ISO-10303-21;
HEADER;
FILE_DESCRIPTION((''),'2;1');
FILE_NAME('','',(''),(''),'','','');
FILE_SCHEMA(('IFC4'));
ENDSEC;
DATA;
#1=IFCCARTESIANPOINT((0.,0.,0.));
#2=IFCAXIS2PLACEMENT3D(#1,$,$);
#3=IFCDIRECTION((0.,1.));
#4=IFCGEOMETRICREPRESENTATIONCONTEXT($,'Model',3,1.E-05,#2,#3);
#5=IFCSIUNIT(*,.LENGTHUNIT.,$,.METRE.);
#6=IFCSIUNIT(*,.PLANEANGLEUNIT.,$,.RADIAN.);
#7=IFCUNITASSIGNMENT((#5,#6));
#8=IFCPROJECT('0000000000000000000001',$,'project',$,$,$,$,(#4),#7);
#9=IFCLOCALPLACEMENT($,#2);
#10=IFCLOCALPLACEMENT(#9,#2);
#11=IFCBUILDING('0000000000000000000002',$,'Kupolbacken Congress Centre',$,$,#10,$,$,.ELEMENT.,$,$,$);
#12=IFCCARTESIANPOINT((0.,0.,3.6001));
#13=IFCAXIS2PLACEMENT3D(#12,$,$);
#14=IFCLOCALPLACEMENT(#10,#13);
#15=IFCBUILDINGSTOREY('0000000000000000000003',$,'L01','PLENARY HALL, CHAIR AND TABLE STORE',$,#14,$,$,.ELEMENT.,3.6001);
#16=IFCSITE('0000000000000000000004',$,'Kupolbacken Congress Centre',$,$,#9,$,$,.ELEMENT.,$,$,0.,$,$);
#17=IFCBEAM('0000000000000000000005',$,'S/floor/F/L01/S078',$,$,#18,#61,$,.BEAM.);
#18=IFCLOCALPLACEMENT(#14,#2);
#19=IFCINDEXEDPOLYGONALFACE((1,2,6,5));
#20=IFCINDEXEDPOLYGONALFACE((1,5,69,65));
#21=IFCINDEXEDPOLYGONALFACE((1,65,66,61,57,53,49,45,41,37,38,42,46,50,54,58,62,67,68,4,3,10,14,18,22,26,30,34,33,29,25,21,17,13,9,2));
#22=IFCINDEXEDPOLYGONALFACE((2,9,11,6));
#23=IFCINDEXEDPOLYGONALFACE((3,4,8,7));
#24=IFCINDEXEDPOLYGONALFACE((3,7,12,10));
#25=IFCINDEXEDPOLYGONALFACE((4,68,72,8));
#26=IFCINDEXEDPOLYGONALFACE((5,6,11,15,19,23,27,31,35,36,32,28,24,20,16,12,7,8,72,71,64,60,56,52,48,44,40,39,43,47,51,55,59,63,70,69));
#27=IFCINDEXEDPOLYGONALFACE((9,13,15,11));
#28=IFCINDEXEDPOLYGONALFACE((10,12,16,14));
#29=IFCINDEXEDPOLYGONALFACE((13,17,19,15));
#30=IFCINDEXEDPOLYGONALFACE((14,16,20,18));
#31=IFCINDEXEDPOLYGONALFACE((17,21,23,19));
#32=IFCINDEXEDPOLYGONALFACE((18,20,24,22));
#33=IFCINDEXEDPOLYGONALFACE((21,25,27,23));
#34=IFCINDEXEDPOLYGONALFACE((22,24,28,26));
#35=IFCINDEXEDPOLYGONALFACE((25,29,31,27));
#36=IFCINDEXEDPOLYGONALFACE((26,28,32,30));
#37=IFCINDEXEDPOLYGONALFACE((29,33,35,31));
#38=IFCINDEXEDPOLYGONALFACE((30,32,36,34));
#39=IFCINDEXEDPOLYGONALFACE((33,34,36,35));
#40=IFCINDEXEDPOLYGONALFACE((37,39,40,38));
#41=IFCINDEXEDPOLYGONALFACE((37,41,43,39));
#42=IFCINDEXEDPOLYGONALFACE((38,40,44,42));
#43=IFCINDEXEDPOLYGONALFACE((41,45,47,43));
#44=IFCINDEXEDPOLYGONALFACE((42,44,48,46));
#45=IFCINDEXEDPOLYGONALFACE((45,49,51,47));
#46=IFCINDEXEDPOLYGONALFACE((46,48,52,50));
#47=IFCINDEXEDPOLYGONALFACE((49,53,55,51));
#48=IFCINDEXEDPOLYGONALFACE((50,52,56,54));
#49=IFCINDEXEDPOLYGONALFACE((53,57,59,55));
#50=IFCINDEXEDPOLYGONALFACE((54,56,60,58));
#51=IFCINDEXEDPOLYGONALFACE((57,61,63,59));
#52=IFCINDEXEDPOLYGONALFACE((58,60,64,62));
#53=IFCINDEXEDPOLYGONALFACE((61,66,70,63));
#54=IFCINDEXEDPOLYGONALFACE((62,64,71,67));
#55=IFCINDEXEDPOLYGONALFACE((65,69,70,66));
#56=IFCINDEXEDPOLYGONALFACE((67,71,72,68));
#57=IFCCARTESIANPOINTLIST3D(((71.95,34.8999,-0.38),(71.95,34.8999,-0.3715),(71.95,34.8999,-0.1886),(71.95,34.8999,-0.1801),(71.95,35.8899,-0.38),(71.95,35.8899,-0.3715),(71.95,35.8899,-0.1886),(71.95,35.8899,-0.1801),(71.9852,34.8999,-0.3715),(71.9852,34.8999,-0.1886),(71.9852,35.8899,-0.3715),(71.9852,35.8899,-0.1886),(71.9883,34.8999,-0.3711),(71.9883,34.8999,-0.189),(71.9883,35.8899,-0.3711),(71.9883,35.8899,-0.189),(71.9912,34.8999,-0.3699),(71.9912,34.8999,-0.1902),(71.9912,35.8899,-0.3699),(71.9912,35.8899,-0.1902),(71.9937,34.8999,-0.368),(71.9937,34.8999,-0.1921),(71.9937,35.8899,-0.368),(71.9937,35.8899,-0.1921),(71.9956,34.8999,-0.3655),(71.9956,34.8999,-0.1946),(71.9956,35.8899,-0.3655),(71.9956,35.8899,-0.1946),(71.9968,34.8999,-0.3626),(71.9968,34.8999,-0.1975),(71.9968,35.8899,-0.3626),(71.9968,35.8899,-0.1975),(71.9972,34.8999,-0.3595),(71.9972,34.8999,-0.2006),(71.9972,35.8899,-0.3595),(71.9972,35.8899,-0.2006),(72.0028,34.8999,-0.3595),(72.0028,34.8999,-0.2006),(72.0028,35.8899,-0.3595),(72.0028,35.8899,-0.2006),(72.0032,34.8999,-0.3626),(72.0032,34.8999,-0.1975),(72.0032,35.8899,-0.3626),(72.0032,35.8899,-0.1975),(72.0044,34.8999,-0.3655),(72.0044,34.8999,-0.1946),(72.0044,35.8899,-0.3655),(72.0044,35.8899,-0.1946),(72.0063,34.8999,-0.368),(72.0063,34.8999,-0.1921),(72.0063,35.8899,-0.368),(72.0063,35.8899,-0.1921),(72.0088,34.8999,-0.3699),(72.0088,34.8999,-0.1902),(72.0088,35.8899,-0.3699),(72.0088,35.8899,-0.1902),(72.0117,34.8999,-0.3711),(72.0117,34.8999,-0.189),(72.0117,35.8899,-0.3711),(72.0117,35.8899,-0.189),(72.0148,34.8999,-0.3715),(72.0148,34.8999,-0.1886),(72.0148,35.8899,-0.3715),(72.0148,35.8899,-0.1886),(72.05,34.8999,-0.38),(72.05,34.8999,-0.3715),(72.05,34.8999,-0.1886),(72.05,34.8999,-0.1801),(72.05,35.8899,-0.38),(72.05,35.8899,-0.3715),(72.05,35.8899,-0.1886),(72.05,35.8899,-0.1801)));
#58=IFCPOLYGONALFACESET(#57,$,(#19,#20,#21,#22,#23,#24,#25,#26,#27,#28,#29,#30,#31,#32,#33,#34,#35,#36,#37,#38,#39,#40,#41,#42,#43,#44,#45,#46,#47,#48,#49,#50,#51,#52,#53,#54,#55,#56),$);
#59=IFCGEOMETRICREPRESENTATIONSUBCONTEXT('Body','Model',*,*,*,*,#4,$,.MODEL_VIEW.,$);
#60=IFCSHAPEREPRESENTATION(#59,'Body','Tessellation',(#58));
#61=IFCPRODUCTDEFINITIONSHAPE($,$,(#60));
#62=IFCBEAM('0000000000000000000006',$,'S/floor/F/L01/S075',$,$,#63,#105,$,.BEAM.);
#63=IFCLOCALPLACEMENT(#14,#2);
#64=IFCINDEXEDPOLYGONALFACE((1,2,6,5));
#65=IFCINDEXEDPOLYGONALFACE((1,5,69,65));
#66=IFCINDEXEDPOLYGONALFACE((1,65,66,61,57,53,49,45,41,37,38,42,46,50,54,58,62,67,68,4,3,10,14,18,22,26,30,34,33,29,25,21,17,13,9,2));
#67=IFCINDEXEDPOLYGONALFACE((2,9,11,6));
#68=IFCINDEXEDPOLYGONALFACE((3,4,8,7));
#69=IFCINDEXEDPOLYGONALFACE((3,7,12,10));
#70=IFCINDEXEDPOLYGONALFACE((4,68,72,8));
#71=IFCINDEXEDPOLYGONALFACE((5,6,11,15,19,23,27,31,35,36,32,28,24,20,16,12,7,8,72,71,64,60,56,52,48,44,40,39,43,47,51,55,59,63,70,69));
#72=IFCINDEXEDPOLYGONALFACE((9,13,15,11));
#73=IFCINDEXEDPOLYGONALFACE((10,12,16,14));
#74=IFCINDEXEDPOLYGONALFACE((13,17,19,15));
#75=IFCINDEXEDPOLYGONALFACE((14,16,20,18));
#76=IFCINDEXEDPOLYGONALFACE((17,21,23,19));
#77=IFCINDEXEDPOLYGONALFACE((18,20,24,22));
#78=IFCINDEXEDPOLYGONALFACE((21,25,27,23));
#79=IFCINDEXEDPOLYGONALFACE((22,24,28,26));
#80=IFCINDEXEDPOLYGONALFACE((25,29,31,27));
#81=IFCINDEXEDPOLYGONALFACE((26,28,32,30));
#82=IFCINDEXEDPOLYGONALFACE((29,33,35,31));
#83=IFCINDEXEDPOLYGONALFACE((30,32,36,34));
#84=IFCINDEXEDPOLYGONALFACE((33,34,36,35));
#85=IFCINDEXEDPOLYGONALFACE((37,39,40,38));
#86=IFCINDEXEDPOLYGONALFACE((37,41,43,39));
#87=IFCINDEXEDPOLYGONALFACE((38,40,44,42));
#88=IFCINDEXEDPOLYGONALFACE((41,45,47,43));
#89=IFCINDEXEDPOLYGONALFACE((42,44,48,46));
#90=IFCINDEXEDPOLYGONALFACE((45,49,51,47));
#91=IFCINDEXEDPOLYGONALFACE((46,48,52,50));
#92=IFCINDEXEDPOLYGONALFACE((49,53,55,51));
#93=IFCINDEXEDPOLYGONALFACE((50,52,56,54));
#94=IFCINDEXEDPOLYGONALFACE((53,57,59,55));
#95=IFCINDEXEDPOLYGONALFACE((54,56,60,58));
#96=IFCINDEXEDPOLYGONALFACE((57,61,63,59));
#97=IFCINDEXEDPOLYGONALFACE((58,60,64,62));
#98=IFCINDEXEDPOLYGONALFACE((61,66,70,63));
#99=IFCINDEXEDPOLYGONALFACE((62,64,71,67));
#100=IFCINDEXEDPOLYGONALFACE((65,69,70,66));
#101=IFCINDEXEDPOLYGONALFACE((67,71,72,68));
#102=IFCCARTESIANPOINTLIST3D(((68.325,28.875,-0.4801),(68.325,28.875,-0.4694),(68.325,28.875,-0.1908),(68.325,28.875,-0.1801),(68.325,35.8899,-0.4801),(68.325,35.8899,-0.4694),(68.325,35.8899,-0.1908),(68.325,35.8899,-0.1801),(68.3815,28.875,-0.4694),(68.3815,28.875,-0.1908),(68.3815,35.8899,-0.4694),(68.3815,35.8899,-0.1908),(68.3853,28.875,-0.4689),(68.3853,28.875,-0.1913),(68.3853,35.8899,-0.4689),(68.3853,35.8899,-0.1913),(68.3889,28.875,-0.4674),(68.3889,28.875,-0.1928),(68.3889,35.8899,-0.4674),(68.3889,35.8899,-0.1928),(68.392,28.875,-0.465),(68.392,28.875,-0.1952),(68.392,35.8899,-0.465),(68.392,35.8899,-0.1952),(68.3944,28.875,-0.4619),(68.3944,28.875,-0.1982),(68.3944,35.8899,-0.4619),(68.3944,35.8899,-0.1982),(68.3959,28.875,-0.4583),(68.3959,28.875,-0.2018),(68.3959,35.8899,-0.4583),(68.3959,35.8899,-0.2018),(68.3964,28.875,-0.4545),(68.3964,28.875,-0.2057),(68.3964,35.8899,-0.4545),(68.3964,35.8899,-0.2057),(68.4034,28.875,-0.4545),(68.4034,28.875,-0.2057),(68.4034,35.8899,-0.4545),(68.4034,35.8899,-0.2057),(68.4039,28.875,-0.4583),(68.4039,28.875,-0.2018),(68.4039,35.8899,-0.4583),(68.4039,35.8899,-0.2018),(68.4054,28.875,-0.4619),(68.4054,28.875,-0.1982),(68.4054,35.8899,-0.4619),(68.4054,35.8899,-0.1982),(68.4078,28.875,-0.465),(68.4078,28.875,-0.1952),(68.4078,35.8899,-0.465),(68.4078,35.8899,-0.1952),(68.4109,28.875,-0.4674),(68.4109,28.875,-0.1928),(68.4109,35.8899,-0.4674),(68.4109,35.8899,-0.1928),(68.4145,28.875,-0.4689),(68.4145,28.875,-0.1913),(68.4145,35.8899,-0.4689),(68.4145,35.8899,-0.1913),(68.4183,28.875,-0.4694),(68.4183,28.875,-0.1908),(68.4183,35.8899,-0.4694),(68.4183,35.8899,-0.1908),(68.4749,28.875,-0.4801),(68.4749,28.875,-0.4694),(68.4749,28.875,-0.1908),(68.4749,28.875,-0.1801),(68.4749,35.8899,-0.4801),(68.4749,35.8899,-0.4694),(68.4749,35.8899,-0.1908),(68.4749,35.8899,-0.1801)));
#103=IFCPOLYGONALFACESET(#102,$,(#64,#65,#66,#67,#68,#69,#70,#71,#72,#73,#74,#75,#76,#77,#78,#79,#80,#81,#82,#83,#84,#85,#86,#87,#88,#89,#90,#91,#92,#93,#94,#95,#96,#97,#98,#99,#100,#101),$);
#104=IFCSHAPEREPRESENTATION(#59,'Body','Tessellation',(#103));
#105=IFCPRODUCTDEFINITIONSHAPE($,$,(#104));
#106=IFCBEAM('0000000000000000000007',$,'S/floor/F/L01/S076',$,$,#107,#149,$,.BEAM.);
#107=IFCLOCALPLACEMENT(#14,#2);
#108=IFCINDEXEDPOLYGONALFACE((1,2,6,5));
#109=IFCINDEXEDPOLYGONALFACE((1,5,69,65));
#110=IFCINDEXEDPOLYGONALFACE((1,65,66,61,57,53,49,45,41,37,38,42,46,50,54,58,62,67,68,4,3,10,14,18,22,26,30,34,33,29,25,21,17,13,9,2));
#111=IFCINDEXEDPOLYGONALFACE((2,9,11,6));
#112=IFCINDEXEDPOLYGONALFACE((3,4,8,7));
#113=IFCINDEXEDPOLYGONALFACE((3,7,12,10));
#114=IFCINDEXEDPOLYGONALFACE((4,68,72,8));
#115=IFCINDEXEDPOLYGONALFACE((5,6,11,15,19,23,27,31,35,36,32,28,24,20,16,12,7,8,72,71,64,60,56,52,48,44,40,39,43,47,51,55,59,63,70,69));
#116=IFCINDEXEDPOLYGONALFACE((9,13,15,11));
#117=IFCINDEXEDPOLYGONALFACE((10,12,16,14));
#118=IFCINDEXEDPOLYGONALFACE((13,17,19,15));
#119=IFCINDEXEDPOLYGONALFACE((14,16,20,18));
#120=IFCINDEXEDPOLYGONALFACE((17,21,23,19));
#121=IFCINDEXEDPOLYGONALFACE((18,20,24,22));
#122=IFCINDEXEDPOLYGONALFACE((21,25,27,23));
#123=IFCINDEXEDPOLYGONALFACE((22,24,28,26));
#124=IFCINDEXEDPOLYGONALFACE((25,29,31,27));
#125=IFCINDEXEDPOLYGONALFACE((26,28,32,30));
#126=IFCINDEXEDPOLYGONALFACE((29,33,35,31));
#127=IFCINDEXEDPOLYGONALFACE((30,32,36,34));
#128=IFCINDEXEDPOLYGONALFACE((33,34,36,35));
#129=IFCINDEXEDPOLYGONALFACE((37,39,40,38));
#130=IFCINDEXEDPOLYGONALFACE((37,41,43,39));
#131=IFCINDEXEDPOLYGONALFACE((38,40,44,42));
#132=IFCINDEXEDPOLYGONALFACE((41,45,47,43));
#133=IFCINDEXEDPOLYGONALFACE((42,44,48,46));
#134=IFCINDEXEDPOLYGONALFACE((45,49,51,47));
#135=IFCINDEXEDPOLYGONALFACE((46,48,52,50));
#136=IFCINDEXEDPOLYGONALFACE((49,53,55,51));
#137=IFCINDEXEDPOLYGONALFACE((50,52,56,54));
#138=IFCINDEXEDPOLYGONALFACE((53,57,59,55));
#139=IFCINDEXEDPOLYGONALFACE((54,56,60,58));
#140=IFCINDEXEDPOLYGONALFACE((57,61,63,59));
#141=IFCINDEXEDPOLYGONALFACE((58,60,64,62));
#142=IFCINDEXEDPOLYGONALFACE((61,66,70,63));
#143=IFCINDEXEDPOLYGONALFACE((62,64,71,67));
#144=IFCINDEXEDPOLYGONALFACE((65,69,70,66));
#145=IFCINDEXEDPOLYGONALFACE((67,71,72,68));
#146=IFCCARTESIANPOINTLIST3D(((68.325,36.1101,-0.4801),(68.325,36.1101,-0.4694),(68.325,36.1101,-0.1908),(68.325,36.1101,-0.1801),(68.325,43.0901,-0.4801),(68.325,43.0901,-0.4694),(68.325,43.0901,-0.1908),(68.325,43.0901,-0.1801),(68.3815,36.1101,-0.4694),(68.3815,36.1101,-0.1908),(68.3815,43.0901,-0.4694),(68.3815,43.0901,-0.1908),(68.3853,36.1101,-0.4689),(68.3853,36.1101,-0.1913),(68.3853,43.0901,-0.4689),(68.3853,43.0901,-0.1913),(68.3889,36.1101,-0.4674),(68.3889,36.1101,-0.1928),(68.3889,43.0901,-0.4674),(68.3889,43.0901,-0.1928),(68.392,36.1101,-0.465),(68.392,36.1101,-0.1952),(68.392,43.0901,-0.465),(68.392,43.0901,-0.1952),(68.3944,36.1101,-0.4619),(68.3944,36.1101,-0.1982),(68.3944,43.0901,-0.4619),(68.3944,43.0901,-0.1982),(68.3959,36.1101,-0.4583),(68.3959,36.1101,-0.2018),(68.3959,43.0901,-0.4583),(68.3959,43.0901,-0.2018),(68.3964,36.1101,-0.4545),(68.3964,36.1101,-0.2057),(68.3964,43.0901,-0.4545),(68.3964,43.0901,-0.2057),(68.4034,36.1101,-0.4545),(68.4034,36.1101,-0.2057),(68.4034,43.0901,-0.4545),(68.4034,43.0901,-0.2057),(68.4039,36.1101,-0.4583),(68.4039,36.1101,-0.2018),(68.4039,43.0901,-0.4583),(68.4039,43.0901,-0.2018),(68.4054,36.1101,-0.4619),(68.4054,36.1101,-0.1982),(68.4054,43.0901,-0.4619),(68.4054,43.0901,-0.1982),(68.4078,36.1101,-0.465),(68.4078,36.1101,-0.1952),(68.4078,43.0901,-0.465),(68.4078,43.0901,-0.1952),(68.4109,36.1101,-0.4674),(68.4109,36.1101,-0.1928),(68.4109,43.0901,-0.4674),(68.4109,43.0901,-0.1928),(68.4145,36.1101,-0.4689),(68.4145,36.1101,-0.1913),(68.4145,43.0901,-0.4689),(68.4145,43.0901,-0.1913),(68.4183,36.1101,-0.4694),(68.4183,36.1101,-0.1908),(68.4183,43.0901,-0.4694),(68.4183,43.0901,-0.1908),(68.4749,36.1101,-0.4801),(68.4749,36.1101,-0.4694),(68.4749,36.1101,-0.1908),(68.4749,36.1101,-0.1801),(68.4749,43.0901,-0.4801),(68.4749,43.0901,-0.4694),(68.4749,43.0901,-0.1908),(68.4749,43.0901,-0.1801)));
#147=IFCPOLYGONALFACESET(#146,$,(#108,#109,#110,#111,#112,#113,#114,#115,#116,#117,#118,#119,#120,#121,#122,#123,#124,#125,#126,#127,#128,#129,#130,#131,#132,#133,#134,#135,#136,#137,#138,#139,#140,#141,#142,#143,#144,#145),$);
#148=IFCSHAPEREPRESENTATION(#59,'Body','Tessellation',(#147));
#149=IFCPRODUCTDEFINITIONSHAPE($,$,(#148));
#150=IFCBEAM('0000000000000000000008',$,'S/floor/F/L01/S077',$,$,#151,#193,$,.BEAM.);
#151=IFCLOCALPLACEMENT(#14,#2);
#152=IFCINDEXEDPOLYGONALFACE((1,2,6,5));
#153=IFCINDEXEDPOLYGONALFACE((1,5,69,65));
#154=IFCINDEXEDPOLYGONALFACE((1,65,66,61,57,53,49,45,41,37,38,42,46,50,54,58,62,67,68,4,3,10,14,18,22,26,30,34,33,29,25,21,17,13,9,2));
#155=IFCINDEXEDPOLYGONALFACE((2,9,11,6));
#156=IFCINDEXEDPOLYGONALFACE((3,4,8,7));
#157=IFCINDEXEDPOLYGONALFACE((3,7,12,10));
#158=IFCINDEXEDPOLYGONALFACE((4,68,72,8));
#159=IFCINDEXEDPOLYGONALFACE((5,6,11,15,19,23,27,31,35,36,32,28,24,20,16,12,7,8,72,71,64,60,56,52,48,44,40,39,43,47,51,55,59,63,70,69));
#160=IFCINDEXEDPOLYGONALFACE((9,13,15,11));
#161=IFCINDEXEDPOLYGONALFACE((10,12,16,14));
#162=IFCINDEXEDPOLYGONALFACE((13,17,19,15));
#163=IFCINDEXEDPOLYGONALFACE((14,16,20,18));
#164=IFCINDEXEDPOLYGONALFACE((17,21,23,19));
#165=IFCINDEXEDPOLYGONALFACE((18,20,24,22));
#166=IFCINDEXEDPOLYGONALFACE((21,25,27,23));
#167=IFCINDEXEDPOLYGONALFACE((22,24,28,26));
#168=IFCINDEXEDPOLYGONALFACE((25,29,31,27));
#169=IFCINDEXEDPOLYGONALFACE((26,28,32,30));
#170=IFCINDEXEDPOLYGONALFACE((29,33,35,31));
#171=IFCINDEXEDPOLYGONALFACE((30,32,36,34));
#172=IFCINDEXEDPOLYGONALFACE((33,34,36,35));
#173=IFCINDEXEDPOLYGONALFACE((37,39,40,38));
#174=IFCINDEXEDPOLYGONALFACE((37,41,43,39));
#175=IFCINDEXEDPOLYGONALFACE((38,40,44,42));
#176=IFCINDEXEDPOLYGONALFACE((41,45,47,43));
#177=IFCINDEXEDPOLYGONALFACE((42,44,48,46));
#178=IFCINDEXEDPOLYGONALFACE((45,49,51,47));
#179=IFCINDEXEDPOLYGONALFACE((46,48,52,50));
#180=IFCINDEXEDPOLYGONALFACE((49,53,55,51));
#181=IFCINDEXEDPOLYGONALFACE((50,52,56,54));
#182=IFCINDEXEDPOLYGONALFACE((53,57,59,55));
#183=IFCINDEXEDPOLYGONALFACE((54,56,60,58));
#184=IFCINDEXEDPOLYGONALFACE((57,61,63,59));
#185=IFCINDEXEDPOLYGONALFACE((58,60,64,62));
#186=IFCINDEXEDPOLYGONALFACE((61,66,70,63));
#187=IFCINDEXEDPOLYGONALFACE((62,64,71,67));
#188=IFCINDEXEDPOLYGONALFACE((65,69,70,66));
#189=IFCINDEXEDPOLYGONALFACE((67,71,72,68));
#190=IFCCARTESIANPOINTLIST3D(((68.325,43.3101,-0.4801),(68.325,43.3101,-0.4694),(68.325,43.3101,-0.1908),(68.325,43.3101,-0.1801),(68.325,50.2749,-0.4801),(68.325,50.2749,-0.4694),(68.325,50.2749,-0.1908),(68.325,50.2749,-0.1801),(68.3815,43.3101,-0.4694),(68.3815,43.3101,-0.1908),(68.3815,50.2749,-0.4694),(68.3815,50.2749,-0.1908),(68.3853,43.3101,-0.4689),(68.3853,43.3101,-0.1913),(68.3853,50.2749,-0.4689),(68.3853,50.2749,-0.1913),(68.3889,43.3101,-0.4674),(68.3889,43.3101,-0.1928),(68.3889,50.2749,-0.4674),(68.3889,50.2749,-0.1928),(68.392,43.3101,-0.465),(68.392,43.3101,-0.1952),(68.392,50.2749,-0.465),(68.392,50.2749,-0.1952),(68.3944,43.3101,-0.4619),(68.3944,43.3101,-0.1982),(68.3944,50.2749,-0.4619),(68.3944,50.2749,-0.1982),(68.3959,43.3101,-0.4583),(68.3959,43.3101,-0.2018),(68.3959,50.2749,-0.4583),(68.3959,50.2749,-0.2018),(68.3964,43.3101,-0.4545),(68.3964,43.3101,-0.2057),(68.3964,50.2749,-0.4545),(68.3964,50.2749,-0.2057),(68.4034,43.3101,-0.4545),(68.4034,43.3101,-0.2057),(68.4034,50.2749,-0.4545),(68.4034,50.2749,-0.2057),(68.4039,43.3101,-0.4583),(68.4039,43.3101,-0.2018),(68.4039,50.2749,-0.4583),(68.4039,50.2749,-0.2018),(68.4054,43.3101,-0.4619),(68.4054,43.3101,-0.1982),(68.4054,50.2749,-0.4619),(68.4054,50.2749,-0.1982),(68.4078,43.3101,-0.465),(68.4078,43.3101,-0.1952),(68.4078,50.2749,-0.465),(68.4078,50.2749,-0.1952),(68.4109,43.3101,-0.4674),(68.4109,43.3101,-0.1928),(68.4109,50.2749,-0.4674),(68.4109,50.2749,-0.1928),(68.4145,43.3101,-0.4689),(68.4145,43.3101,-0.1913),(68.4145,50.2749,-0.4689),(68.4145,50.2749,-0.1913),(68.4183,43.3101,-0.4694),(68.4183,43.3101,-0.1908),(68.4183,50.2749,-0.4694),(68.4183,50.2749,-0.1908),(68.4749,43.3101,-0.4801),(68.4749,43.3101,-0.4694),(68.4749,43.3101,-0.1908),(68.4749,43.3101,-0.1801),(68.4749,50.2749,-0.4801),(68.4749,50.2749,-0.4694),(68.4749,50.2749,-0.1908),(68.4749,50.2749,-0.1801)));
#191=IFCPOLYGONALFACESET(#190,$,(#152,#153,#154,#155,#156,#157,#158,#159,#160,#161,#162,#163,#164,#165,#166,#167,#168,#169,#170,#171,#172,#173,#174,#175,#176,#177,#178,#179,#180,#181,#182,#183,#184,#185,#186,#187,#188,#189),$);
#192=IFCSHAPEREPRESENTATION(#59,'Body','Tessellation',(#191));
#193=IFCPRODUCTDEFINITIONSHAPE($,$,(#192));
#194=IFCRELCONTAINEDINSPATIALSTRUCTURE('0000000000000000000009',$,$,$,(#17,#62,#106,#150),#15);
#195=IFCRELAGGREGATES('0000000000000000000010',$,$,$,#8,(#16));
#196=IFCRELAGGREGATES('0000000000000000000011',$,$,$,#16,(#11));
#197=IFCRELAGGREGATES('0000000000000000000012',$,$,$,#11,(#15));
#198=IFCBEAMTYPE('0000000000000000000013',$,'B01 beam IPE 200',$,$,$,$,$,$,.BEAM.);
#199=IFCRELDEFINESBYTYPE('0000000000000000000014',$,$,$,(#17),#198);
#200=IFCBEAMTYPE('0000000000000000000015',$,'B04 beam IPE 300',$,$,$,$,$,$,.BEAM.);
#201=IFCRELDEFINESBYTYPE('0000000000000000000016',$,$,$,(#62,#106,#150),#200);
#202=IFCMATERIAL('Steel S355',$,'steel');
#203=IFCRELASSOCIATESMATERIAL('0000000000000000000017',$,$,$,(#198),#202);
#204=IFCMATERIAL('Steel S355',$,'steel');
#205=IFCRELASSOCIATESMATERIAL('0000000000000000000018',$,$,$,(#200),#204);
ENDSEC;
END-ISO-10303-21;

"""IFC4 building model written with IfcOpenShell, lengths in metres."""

from ifc_helpers import new_model, si_unit, direction, frame, origin, origin_2d, place, context, subcontext, project, spatial, i_section, extrude, material, material_profile, profile_set, type_object, element, save


model = new_model("IFC4")

# Units and contexts
model_context = context("Model", 3, precision=1e-05, world=origin(), true_north=direction((0.0, 1.0)))
body_context = subcontext(model_context, "Body", "Model", "MODEL_VIEW")
ifc_project = project(units=[si_unit("LENGTHUNIT", "METRE"), si_unit("PLANEANGLEUNIT", "RADIAN")], contexts=[model_context])

# Site, building, storey
site_placement = place(None, origin())
site = spatial("IfcSite", under=ifc_project, at=site_placement, Name="Kupolbacken Congress Centre", CompositionType="ELEMENT", RefElevation=0.0)
building_placement = place(site_placement, origin())
building = spatial("IfcBuilding", under=site, at=building_placement, Name="Kupolbacken Congress Centre", CompositionType="ELEMENT")
storey_placement = place(building_placement, frame((0.0, 0.0, 3.6001)))
storey = spatial("IfcBuildingStorey", under=building, at=storey_placement, Name="L01", Description="PLENARY HALL, CHAIR AND TABLE STORE", CompositionType="ELEMENT", Elevation=3.6001)

# Beams
ifc_material_1 = material(Name="Steel S355", Category="steel")
ifc_material_profile_1 = material_profile(ifc_material_1, i_section(OverallWidth=0.1001, OverallDepth=0.2, WebThickness=0.0056, FlangeThickness=0.0085, FilletRadius=0.012, at=origin_2d()), Name="IPE 200")
ifc_profile_set_1 = profile_set([ifc_material_profile_1], Name="Steel S355")
beam_type_1 = type_object("IfcBeamType", Name="B01 beam IPE 200", PredefinedType="BEAM", material=ifc_profile_set_1)
beam_1_placement = place(storey_placement, frame((72.0, 34.8999, -0.28), z_axis=(0.0, 1.0, 0.0), x_axis=(-1.0, 0.0, 0.0)))
element("IfcBeam", 1, at=beam_1_placement, inside=storey, type_object=beam_type_1, Name="S/floor/F/L01/S078", PredefinedType="BEAM", context=body_context, shape_type="SweptSolid", body=[
    extrude(i_section(OverallWidth=0.1001, OverallDepth=0.2, WebThickness=0.0056, FlangeThickness=0.0085, FilletRadius=0.012, at=origin_2d()), origin(), (0.0, 0.0, 1.0), 0.99),
])
ifc_material_2 = material(Name="Steel S355", Category="steel")
ifc_material_profile_2 = material_profile(ifc_material_2, i_section(OverallWidth=0.1499, OverallDepth=0.3, WebThickness=0.0071, FlangeThickness=0.0107, FilletRadius=0.0149, at=origin_2d()), Name="IPE 300")
ifc_profile_set_2 = profile_set([ifc_material_profile_2], Name="Steel S355")
beam_type_2 = type_object("IfcBeamType", Name="B04 beam IPE 300", PredefinedType="BEAM", material=ifc_profile_set_2)
beam_2_placement = place(storey_placement, frame((68.3999, 28.875, -0.3301), z_axis=(0.0, 1.0, 0.0), x_axis=(-1.0, 0.0, 0.0)))
element("IfcBeam", 2, at=beam_2_placement, inside=storey, type_object=beam_type_2, Name="S/floor/F/L01/S075", PredefinedType="BEAM", context=body_context, shape_type="SweptSolid", body=[
    extrude(i_section(OverallWidth=0.1499, OverallDepth=0.3, WebThickness=0.0071, FlangeThickness=0.0107, FilletRadius=0.0149, at=origin_2d()), origin(), (0.0, 0.0, 1.0), 7.0149),
])
beam_3_placement = place(storey_placement, frame((68.3999, 36.1101, -0.3301), z_axis=(0.0, 1.0, 0.0), x_axis=(-1.0, 0.0, 0.0)))
element("IfcBeam", 3, at=beam_3_placement, inside=storey, type_object=beam_type_2, Name="S/floor/F/L01/S076", PredefinedType="BEAM", context=body_context, shape_type="SweptSolid", body=[
    extrude(i_section(OverallWidth=0.1499, OverallDepth=0.3, WebThickness=0.0071, FlangeThickness=0.0107, FilletRadius=0.0149, at=origin_2d()), origin(), (0.0, 0.0, 1.0), 6.98),
])
beam_4_placement = place(storey_placement, frame((68.3999, 43.3101, -0.3301), z_axis=(0.0, 1.0, 0.0), x_axis=(-1.0, 0.0, 0.0)))
element("IfcBeam", 4, at=beam_4_placement, inside=storey, type_object=beam_type_2, Name="S/floor/F/L01/S077", PredefinedType="BEAM", context=body_context, shape_type="SweptSolid", body=[
    extrude(i_section(OverallWidth=0.1499, OverallDepth=0.3, WebThickness=0.0071, FlangeThickness=0.0107, FilletRadius=0.0149, at=origin_2d()), origin(), (0.0, 0.0, 1.0), 6.9648),
])

save(model, "model.ifc")
